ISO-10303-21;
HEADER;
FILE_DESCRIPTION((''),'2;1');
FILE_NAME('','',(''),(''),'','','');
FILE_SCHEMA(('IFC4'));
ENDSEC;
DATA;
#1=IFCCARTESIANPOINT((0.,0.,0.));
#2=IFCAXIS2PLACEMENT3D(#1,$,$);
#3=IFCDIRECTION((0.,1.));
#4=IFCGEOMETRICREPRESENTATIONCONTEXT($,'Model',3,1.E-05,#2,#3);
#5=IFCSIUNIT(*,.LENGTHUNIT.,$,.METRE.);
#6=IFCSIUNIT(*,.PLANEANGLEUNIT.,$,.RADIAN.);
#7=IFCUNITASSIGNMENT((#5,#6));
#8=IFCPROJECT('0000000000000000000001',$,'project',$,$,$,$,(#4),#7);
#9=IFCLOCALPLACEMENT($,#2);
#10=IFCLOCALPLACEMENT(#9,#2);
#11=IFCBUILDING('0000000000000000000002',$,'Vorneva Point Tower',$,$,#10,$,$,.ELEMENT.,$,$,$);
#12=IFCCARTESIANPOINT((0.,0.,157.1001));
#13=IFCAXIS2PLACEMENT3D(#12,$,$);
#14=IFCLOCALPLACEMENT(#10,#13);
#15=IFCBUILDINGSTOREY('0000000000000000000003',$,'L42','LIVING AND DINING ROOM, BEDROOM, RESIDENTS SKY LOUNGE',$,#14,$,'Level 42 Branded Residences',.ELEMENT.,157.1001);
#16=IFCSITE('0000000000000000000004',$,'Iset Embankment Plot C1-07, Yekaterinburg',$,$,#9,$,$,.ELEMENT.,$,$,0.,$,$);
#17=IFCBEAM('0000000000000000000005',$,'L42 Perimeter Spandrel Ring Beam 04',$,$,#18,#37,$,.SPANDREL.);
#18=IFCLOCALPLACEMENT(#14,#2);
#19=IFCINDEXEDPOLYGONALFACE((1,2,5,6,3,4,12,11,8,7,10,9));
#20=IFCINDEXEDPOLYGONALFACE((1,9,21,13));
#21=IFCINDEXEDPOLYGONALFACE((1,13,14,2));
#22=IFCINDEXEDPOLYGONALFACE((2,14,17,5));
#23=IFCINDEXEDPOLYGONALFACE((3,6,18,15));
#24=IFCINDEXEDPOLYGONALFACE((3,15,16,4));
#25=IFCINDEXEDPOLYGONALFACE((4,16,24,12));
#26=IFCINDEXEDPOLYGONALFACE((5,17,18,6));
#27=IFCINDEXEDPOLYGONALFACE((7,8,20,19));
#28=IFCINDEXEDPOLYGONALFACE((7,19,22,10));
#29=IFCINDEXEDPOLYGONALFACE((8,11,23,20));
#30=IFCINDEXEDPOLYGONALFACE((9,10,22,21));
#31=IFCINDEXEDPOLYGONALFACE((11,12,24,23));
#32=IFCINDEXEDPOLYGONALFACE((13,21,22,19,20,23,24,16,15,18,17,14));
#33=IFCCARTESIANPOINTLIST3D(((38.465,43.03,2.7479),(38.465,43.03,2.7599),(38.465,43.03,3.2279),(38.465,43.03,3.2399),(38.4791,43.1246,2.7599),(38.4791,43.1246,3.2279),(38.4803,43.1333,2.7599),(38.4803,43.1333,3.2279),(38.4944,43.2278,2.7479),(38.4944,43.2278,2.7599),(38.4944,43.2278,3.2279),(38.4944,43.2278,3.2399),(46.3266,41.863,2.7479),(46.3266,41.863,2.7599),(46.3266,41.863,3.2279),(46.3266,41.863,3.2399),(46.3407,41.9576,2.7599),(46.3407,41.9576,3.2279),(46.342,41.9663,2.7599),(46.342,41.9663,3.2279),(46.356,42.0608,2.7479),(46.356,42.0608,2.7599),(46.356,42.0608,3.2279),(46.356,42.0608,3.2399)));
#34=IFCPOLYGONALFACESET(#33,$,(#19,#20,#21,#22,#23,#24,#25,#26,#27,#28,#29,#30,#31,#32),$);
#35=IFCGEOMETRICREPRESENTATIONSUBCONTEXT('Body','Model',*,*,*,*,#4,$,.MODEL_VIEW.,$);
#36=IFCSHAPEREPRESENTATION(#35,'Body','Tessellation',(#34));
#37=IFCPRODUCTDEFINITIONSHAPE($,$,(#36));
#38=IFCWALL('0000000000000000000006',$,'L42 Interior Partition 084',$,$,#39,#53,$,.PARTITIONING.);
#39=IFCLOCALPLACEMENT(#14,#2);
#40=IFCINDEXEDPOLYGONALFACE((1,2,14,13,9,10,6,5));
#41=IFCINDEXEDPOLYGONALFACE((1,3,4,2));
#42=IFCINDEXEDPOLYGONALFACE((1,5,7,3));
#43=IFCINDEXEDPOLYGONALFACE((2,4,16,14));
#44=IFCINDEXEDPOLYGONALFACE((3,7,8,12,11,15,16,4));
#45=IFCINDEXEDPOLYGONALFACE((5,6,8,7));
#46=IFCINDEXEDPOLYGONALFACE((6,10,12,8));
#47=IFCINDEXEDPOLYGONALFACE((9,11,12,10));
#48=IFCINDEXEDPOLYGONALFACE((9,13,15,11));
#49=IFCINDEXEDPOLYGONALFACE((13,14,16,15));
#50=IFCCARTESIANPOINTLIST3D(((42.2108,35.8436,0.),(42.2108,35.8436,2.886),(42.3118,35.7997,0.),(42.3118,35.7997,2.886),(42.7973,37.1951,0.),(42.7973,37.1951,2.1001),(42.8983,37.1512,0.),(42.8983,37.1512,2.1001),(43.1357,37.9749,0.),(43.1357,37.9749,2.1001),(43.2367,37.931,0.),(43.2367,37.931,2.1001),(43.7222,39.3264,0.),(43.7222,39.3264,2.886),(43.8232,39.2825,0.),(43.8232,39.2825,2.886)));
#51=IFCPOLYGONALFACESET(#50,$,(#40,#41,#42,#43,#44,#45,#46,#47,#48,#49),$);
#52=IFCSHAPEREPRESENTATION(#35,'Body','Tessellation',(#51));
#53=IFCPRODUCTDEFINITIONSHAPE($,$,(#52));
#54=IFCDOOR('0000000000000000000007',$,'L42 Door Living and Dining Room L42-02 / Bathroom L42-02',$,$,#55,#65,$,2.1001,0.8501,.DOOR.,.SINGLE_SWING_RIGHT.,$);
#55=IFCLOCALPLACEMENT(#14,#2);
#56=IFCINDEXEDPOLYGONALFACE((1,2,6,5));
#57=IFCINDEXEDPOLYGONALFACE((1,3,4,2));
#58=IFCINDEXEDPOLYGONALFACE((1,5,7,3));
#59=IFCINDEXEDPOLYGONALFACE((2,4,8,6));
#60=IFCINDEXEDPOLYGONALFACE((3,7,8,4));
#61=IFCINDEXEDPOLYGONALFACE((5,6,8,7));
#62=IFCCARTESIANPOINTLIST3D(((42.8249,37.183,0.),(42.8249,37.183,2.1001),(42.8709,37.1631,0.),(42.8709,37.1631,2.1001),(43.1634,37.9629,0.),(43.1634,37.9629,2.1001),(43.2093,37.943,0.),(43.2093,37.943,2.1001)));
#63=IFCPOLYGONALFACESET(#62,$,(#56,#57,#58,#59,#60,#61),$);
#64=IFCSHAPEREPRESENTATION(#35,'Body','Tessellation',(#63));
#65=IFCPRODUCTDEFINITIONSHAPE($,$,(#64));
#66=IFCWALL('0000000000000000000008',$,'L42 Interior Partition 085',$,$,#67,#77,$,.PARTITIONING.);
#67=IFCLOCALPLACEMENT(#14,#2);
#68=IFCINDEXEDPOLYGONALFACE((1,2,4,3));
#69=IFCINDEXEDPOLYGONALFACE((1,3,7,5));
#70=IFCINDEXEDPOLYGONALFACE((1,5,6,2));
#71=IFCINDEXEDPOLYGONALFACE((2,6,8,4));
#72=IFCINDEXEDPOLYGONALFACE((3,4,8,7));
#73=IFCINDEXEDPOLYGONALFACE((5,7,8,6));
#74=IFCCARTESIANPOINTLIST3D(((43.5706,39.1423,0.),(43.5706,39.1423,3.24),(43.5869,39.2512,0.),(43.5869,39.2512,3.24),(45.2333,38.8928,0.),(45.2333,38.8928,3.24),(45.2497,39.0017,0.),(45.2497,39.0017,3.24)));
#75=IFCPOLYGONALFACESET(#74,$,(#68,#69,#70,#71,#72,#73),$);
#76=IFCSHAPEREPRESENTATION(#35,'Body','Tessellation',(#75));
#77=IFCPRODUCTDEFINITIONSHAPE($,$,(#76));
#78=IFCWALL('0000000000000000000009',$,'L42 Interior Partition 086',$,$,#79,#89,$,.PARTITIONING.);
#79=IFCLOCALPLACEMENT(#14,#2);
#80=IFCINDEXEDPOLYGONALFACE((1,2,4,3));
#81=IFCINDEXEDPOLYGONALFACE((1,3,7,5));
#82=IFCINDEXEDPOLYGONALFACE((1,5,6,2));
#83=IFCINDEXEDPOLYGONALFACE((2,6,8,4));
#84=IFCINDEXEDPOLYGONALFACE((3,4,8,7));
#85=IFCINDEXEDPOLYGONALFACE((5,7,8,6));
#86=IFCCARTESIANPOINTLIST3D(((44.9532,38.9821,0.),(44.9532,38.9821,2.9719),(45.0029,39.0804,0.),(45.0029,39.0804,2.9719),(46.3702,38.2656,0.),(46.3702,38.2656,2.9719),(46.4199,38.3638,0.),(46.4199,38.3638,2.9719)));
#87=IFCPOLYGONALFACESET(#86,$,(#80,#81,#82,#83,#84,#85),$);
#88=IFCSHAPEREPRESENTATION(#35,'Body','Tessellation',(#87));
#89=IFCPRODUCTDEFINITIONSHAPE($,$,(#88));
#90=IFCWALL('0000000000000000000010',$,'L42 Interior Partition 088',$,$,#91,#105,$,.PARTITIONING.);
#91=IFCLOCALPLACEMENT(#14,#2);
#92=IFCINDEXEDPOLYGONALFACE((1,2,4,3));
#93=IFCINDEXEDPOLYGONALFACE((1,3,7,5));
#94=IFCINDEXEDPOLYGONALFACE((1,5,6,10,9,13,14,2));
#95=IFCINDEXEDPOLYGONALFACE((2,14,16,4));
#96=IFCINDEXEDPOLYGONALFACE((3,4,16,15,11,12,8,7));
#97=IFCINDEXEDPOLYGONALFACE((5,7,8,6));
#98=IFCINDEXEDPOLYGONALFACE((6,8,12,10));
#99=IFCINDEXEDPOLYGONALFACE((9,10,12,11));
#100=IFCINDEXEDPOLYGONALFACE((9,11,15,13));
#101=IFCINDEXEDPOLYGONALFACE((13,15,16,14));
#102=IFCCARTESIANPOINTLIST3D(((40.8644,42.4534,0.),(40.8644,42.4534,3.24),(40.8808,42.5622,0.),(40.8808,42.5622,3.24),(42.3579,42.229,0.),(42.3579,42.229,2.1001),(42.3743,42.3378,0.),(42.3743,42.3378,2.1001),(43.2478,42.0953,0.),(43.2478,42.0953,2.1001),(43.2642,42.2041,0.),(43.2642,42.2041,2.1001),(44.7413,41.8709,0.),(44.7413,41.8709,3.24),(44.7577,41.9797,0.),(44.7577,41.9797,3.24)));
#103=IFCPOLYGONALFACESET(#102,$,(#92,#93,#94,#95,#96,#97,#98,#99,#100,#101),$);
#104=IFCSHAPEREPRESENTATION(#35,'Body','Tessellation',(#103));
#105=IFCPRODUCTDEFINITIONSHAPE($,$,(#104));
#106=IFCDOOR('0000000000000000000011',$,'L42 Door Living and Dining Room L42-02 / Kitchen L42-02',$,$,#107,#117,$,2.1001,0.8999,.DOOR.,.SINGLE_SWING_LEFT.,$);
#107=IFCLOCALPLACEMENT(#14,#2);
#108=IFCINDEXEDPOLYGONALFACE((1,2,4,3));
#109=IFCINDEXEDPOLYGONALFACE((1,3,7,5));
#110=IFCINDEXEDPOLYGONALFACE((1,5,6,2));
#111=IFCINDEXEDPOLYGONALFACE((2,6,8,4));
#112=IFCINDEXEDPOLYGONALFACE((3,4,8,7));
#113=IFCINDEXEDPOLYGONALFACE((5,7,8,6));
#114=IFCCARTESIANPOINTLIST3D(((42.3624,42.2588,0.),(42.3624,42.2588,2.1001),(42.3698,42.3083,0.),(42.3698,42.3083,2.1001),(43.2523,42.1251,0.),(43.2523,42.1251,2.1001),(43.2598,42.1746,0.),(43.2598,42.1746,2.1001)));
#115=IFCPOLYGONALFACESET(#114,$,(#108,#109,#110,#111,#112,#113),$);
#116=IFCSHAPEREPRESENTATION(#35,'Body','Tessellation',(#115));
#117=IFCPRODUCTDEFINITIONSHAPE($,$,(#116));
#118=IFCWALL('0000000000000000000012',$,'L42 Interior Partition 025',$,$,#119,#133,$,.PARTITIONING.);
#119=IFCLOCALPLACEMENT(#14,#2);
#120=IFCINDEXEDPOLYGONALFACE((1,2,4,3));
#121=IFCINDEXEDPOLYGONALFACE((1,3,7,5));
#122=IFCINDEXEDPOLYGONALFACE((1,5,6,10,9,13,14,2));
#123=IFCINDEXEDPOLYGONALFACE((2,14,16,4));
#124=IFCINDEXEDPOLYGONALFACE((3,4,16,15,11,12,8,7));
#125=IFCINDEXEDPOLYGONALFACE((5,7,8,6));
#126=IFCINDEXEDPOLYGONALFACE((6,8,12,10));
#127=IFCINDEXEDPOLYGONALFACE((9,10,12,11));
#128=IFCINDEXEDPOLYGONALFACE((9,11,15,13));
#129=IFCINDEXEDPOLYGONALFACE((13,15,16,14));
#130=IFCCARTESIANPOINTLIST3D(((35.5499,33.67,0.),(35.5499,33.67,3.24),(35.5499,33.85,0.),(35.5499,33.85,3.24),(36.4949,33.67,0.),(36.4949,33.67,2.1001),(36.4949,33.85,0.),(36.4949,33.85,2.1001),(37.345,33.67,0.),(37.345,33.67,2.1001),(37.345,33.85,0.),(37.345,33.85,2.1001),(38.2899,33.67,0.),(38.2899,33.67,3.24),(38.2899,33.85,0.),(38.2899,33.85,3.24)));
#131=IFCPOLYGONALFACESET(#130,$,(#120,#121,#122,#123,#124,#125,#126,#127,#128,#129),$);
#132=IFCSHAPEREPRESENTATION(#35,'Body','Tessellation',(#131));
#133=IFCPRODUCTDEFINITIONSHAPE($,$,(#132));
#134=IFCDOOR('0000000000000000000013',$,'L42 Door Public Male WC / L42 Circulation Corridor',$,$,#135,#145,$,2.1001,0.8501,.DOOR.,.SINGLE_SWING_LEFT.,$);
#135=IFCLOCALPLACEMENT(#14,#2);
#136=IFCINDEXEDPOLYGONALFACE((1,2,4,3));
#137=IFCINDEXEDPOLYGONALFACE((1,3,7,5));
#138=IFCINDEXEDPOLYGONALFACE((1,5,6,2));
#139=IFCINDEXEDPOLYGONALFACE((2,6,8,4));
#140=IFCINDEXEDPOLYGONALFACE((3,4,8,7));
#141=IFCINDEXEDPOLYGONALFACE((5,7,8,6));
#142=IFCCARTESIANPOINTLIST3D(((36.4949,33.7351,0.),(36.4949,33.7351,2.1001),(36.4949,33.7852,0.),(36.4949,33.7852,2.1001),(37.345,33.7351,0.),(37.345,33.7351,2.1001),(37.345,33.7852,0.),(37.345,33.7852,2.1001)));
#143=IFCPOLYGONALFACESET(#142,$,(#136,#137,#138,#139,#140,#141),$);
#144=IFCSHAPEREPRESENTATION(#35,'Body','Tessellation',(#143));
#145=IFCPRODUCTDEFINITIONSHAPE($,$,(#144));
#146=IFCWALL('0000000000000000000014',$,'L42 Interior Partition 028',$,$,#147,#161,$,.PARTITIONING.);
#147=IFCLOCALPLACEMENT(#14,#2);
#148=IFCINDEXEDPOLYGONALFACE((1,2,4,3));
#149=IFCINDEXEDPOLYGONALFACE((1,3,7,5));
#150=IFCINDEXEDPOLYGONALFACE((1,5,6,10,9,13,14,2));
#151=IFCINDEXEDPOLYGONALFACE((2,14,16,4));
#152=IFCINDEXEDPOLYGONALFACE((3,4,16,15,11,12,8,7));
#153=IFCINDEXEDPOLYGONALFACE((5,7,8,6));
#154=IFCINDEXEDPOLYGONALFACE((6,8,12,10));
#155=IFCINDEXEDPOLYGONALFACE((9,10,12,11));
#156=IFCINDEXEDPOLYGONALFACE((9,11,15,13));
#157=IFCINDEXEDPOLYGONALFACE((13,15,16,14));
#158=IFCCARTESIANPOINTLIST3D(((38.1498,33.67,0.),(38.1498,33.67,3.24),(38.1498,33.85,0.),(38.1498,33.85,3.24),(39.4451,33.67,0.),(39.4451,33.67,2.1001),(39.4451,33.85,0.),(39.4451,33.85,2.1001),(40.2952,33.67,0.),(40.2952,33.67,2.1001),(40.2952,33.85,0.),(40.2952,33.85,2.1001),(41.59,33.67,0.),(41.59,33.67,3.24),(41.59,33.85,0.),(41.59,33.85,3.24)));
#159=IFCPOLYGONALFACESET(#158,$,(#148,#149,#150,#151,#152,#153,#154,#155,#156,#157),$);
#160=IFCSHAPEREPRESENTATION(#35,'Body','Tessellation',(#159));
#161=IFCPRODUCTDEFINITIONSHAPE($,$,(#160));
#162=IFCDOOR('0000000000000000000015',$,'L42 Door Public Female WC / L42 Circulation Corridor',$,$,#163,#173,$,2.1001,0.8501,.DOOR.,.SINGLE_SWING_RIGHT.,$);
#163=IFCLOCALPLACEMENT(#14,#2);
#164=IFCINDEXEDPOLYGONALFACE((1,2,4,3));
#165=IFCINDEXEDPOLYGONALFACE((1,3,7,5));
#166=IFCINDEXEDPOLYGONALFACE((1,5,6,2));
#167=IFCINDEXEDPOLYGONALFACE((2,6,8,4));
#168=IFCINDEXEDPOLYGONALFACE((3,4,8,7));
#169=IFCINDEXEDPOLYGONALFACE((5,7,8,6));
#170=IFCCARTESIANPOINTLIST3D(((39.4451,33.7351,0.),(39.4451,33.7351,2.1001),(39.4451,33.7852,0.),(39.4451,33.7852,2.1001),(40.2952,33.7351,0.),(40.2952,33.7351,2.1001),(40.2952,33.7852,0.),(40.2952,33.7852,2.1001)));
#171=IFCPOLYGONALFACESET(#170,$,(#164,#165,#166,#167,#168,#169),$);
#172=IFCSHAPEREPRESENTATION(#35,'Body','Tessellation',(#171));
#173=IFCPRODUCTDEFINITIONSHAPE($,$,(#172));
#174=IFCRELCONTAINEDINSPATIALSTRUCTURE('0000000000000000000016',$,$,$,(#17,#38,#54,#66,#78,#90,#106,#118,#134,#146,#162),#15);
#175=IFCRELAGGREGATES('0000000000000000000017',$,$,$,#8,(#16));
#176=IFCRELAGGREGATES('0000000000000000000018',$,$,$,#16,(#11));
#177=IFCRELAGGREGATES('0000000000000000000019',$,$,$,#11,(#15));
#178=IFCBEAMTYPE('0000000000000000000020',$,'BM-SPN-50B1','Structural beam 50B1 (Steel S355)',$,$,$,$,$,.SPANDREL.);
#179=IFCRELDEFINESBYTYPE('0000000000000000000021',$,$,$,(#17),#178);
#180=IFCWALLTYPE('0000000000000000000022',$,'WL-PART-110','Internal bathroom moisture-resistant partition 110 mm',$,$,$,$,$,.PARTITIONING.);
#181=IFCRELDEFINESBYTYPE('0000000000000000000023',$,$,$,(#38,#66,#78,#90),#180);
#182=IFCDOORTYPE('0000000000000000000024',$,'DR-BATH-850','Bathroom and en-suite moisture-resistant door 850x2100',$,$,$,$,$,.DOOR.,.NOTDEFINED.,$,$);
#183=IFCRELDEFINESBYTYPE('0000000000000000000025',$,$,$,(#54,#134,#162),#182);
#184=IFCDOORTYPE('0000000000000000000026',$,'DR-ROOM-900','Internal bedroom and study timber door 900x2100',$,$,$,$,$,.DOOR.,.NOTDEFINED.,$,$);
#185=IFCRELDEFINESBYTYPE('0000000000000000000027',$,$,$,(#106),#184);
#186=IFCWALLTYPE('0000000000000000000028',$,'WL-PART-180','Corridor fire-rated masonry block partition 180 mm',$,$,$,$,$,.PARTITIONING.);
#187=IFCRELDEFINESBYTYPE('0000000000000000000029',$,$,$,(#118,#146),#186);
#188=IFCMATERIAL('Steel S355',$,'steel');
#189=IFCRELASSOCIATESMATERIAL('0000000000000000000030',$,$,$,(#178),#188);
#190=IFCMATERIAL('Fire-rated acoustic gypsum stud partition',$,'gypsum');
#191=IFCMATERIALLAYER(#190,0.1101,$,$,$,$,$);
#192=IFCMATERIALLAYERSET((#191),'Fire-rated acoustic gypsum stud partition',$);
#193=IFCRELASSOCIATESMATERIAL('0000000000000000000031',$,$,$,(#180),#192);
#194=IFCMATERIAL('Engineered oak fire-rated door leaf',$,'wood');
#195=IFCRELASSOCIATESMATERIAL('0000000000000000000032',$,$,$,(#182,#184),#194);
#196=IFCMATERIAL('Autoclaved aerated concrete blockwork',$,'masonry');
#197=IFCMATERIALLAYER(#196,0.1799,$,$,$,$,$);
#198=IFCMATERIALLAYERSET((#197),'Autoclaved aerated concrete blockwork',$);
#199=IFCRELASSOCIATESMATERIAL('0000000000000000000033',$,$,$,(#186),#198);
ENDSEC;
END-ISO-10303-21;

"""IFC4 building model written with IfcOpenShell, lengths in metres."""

from ifc_helpers import new_model, si_unit, direction, frame, frame_2d, origin, origin_2d, place, context, subcontext, project, spatial, rectangle, i_section, extrude, material, layer, layer_set, material_profile, profile_set, type_object, element, fill, save


model = new_model("IFC4")

# Units and contexts
model_context = context("Model", 3, precision=1e-05, world=origin(), true_north=direction((0.0, 1.0)))
body_context = subcontext(model_context, "Body", "Model", "MODEL_VIEW")
ifc_project = project(units=[si_unit("LENGTHUNIT", "METRE"), si_unit("PLANEANGLEUNIT", "RADIAN")], contexts=[model_context])

# Site, building, storey
site_placement = place(None, origin())
site = spatial("IfcSite", under=ifc_project, at=site_placement, Name="Iset Embankment Plot C1-07, Yekaterinburg", CompositionType="ELEMENT", RefElevation=0.0)
building_placement = place(site_placement, origin())
building = spatial("IfcBuilding", under=site, at=building_placement, Name="Vorneva Point Tower", CompositionType="ELEMENT")
storey_placement = place(building_placement, frame((0.0, 0.0, 157.1001)))
storey = spatial("IfcBuildingStorey", under=building, at=storey_placement, Name="L42", Description="LIVING AND DINING ROOM, BEDROOM, RESIDENTS SKY LOUNGE", LongName="Level 42 Branded Residences", CompositionType="ELEMENT", Elevation=157.1001)

# Beam
ifc_material_1 = material(Name="Steel S355", Category="steel")
ifc_material_profile = material_profile(ifc_material_1, i_section(OverallWidth=0.2, OverallDepth=0.4919, WebThickness=0.0088, FlangeThickness=0.012, at=origin_2d()), Name="50B1")
ifc_profile_set = profile_set([ifc_material_profile], Name="Steel S355")
beam_type = type_object("IfcBeamType", Name="BM-SPN-50B1", Description="Structural beam 50B1 (Steel S355)", PredefinedType="SPANDREL", material=ifc_profile_set)
beam_placement = place(storey_placement, frame((46.3413, 41.9619, 2.9939), z_axis=(-0.989161, 0.146834, 0.0), x_axis=(-0.146834, -0.989161, 0.0)))
element("IfcBeam", 1, at=beam_placement, inside=storey, type_object=beam_type, Name="L42 Perimeter Spandrel Ring Beam 04", PredefinedType="SPANDREL", context=body_context, shape_type="SweptSolid", body=[
    extrude(i_section(OverallWidth=0.2, OverallDepth=0.4919, WebThickness=0.0088, FlangeThickness=0.012, at=origin_2d()), origin(), (0.0, 0.0, 1.0), 7.9478),
])

# Wall, opening, door
ifc_material_2 = material(Name="Fire-rated acoustic gypsum stud partition", Category="gypsum")
ifc_layer_1 = layer(ifc_material_2, 0.1101)
ifc_layer_set_1 = layer_set([ifc_layer_1], Name="Fire-rated acoustic gypsum stud partition")
wall_type_1 = type_object("IfcWallType", Name="WL-PART-110", Description="Internal bathroom moisture-resistant partition 110 mm", PredefinedType="PARTITIONING", material=ifc_layer_set_1)
wall_1_placement = place(storey_placement, frame((42.2612, 35.8215, 0.0), z_axis=(0.0, 0.0, 1.0), x_axis=(0.398098, 0.917343, 0.0)))
wall_1 = element("IfcWall", 2, at=wall_1_placement, inside=storey, type_object=wall_type_1, Name="L42 Interior Partition 084", PredefinedType="PARTITIONING", context=body_context, shape_type="SweptSolid", body=[
    extrude(rectangle(XDim=3.7966, YDim=0.1101, at=frame_2d((1.8984, 0.0))), origin(), (0.0, 0.0, 1.0), 2.886),
])
opening_1_placement = place(wall_1_placement, frame((1.4734, 0.0, 0.0)))
opening_1 = element("IfcOpeningElement", 3, at=opening_1_placement, cuts=wall_1, PredefinedType="OPENING", context=body_context, shape_type="SweptSolid", body=[
    extrude(rectangle(XDim=0.8501, YDim=2.1001, at=frame_2d((0.425, 1.05))), frame((0.0, 0.0698, 0.0), z_axis=(0.0, -1.0, 0.0), x_axis=(1.0, 0.0, 0.0)), (0.0, 0.0, 1.0), 0.1399),
])
ifc_material_3 = material(Name="Engineered oak fire-rated door leaf", Category="wood")
door_type_1 = type_object("IfcDoorType", Name="DR-BATH-850", Description="Bathroom and en-suite moisture-resistant door 850x2100", OperationType="NOTDEFINED", PredefinedType="DOOR", material=ifc_material_3)
door_1_placement = place(opening_1_placement, origin())
door_1 = element("IfcDoor", 4, at=door_1_placement, inside=storey, type_object=door_type_1, Name="L42 Door Living and Dining Room L42-02 / Bathroom L42-02", OperationType="SINGLE_SWING_RIGHT", OverallHeight=2.1001, OverallWidth=0.8501, PredefinedType="DOOR", context=body_context, shape_type="SweptSolid", body=[
    extrude(rectangle(XDim=0.8501, YDim=2.1001, at=frame_2d((0.425, 1.05))), frame((0.0, 0.0249, 0.0), z_axis=(0.0, -1.0, 0.0), x_axis=(1.0, 0.0, 0.0)), (0.0, 0.0, 1.0), 0.05),
])
fill(opening_1, door_1)

# Walls
wall_2_placement = place(storey_placement, frame((43.5786, 39.1968, 0.0), z_axis=(0.0, 0.0, 1.0), x_axis=(0.988929, -0.14839, 0.0)))
element("IfcWall", 5, at=wall_2_placement, inside=storey, type_object=wall_type_1, Name="L42 Interior Partition 085", PredefinedType="PARTITIONING", context=body_context, shape_type="SweptSolid", body=[
    extrude(rectangle(XDim=1.6814, YDim=0.1101, at=frame_2d((0.8408, 0.0))), origin(), (0.0, 0.0, 1.0), 3.24),
])
wall_3_placement = place(storey_placement, frame((44.978, 39.0312, 0.0), z_axis=(0.0, 0.0, 1.0), x_axis=(0.892388, -0.451268, 0.0)))
element("IfcWall", 6, at=wall_3_placement, inside=storey, type_object=wall_type_1, Name="L42 Interior Partition 086", PredefinedType="PARTITIONING", context=body_context, shape_type="SweptSolid", body=[
    extrude(rectangle(XDim=1.5879, YDim=0.1101, at=frame_2d((0.7939, 0.0))), origin(), (0.0, 0.0, 1.0), 2.9719),
])

# Walls, openings, doors
wall_4_placement = place(storey_placement, frame((44.7495, 41.9253, 0.0), z_axis=(0.0, 0.0, 1.0), x_axis=(-0.9889, 0.148584, 0.0)))
wall_4 = element("IfcWall", 7, at=wall_4_placement, inside=storey, type_object=wall_type_1, Name="L42 Interior Partition 088", PredefinedType="PARTITIONING", context=body_context, shape_type="SweptSolid", body=[
    extrude(rectangle(XDim=3.9204, YDim=0.1101, at=frame_2d((1.9602, 0.0))), origin(), (0.0, 0.0, 1.0), 3.24),
])
opening_2_placement = place(wall_4_placement, frame((1.5103, 0.0, 0.0)))
opening_2 = element("IfcOpeningElement", 8, at=opening_2_placement, cuts=wall_4, PredefinedType="OPENING", context=body_context, shape_type="SweptSolid", body=[
    extrude(rectangle(XDim=0.8999, YDim=2.1001, at=frame_2d((0.45, 1.05))), frame((0.0, 0.0698, 0.0), z_axis=(0.0, -1.0, 0.0), x_axis=(1.0, 0.0, 0.0)), (0.0, 0.0, 1.0), 0.1399),
])
door_type_2 = type_object("IfcDoorType", Name="DR-ROOM-900", Description="Internal bedroom and study timber door 900x2100", OperationType="NOTDEFINED", PredefinedType="DOOR", material=ifc_material_3)
door_2_placement = place(opening_2_placement, origin())
door_2 = element("IfcDoor", 9, at=door_2_placement, inside=storey, type_object=door_type_2, Name="L42 Door Living and Dining Room L42-02 / Kitchen L42-02", OperationType="SINGLE_SWING_LEFT", OverallHeight=2.1001, OverallWidth=0.8999, PredefinedType="DOOR", context=body_context, shape_type="SweptSolid", body=[
    extrude(rectangle(XDim=0.8999, YDim=2.1001, at=frame_2d((0.45, 1.05))), frame((0.0, 0.0249, 0.0), z_axis=(0.0, -1.0, 0.0), x_axis=(1.0, 0.0, 0.0)), (0.0, 0.0, 1.0), 0.05),
])
fill(opening_2, door_2)
ifc_material_4 = material(Name="Autoclaved aerated concrete blockwork", Category="masonry")
ifc_layer_2 = layer(ifc_material_4, 0.1799)
ifc_layer_set_2 = layer_set([ifc_layer_2], Name="Autoclaved aerated concrete blockwork")
wall_type_2 = type_object("IfcWallType", Name="WL-PART-180", Description="Corridor fire-rated masonry block partition 180 mm", PredefinedType="PARTITIONING", material=ifc_layer_set_2)
wall_5_placement = place(storey_placement, frame((38.29, 33.76, 0.0), z_axis=(0.0, 0.0, 1.0), x_axis=(-1.0, 0.0, 0.0)))
wall_5 = element("IfcWall", 10, at=wall_5_placement, inside=storey, type_object=wall_type_2, Name="L42 Interior Partition 025", PredefinedType="PARTITIONING", context=body_context, shape_type="SweptSolid", body=[
    extrude(rectangle(XDim=2.74, YDim=0.1799, at=frame_2d((1.3701, 0.0))), origin(), (0.0, 0.0, 1.0), 3.24),
])
opening_3_placement = place(wall_5_placement, frame((0.9451, 0.0, 0.0)))
opening_3 = element("IfcOpeningElement", 11, at=opening_3_placement, cuts=wall_5, PredefinedType="OPENING", context=body_context, shape_type="SweptSolid", body=[
    extrude(rectangle(XDim=0.8501, YDim=2.1001, at=frame_2d((0.425, 1.05))), frame((0.0, 0.105, 0.0), z_axis=(0.0, -1.0, 0.0), x_axis=(1.0, 0.0, 0.0)), (0.0, 0.0, 1.0), 0.2097),
])
door_3_placement = place(opening_3_placement, origin())
door_3 = element("IfcDoor", 12, at=door_3_placement, inside=storey, type_object=door_type_1, Name="L42 Door Public Male WC / L42 Circulation Corridor", OperationType="SINGLE_SWING_LEFT", OverallHeight=2.1001, OverallWidth=0.8501, PredefinedType="DOOR", context=body_context, shape_type="SweptSolid", body=[
    extrude(rectangle(XDim=0.8501, YDim=2.1001, at=frame_2d((0.425, 1.05))), frame((0.0, 0.0249, 0.0), z_axis=(0.0, -1.0, 0.0), x_axis=(1.0, 0.0, 0.0)), (0.0, 0.0, 1.0), 0.05),
])
fill(opening_3, door_3)
wall_6_placement = place(storey_placement, frame((41.5901, 33.76, 0.0), z_axis=(0.0, 0.0, 1.0), x_axis=(-1.0, 0.0, 0.0)))
wall_6 = element("IfcWall", 13, at=wall_6_placement, inside=storey, type_object=wall_type_2, Name="L42 Interior Partition 028", PredefinedType="PARTITIONING", context=body_context, shape_type="SweptSolid", body=[
    extrude(rectangle(XDim=3.4402, YDim=0.1799, at=frame_2d((1.7202, 0.0))), origin(), (0.0, 0.0, 1.0), 3.24),
])
opening_4_placement = place(wall_6_placement, frame((1.2949, 0.0, 0.0)))
opening_4 = element("IfcOpeningElement", 14, at=opening_4_placement, cuts=wall_6, PredefinedType="OPENING", context=body_context, shape_type="SweptSolid", body=[
    extrude(rectangle(XDim=0.8501, YDim=2.1001, at=frame_2d((0.425, 1.05))), frame((0.0, 0.105, 0.0), z_axis=(0.0, -1.0, 0.0), x_axis=(1.0, 0.0, 0.0)), (0.0, 0.0, 1.0), 0.2097),
])
door_4_placement = place(opening_4_placement, origin())
door_4 = element("IfcDoor", 15, at=door_4_placement, inside=storey, type_object=door_type_1, Name="L42 Door Public Female WC / L42 Circulation Corridor", OperationType="SINGLE_SWING_RIGHT", OverallHeight=2.1001, OverallWidth=0.8501, PredefinedType="DOOR", context=body_context, shape_type="SweptSolid", body=[
    extrude(rectangle(XDim=0.8501, YDim=2.1001, at=frame_2d((0.425, 1.05))), frame((0.0, 0.0249, 0.0), z_axis=(0.0, -1.0, 0.0), x_axis=(1.0, 0.0, 0.0)), (0.0, 0.0, 1.0), 0.05),
])
fill(opening_4, door_4)

save(model, "model.ifc")
